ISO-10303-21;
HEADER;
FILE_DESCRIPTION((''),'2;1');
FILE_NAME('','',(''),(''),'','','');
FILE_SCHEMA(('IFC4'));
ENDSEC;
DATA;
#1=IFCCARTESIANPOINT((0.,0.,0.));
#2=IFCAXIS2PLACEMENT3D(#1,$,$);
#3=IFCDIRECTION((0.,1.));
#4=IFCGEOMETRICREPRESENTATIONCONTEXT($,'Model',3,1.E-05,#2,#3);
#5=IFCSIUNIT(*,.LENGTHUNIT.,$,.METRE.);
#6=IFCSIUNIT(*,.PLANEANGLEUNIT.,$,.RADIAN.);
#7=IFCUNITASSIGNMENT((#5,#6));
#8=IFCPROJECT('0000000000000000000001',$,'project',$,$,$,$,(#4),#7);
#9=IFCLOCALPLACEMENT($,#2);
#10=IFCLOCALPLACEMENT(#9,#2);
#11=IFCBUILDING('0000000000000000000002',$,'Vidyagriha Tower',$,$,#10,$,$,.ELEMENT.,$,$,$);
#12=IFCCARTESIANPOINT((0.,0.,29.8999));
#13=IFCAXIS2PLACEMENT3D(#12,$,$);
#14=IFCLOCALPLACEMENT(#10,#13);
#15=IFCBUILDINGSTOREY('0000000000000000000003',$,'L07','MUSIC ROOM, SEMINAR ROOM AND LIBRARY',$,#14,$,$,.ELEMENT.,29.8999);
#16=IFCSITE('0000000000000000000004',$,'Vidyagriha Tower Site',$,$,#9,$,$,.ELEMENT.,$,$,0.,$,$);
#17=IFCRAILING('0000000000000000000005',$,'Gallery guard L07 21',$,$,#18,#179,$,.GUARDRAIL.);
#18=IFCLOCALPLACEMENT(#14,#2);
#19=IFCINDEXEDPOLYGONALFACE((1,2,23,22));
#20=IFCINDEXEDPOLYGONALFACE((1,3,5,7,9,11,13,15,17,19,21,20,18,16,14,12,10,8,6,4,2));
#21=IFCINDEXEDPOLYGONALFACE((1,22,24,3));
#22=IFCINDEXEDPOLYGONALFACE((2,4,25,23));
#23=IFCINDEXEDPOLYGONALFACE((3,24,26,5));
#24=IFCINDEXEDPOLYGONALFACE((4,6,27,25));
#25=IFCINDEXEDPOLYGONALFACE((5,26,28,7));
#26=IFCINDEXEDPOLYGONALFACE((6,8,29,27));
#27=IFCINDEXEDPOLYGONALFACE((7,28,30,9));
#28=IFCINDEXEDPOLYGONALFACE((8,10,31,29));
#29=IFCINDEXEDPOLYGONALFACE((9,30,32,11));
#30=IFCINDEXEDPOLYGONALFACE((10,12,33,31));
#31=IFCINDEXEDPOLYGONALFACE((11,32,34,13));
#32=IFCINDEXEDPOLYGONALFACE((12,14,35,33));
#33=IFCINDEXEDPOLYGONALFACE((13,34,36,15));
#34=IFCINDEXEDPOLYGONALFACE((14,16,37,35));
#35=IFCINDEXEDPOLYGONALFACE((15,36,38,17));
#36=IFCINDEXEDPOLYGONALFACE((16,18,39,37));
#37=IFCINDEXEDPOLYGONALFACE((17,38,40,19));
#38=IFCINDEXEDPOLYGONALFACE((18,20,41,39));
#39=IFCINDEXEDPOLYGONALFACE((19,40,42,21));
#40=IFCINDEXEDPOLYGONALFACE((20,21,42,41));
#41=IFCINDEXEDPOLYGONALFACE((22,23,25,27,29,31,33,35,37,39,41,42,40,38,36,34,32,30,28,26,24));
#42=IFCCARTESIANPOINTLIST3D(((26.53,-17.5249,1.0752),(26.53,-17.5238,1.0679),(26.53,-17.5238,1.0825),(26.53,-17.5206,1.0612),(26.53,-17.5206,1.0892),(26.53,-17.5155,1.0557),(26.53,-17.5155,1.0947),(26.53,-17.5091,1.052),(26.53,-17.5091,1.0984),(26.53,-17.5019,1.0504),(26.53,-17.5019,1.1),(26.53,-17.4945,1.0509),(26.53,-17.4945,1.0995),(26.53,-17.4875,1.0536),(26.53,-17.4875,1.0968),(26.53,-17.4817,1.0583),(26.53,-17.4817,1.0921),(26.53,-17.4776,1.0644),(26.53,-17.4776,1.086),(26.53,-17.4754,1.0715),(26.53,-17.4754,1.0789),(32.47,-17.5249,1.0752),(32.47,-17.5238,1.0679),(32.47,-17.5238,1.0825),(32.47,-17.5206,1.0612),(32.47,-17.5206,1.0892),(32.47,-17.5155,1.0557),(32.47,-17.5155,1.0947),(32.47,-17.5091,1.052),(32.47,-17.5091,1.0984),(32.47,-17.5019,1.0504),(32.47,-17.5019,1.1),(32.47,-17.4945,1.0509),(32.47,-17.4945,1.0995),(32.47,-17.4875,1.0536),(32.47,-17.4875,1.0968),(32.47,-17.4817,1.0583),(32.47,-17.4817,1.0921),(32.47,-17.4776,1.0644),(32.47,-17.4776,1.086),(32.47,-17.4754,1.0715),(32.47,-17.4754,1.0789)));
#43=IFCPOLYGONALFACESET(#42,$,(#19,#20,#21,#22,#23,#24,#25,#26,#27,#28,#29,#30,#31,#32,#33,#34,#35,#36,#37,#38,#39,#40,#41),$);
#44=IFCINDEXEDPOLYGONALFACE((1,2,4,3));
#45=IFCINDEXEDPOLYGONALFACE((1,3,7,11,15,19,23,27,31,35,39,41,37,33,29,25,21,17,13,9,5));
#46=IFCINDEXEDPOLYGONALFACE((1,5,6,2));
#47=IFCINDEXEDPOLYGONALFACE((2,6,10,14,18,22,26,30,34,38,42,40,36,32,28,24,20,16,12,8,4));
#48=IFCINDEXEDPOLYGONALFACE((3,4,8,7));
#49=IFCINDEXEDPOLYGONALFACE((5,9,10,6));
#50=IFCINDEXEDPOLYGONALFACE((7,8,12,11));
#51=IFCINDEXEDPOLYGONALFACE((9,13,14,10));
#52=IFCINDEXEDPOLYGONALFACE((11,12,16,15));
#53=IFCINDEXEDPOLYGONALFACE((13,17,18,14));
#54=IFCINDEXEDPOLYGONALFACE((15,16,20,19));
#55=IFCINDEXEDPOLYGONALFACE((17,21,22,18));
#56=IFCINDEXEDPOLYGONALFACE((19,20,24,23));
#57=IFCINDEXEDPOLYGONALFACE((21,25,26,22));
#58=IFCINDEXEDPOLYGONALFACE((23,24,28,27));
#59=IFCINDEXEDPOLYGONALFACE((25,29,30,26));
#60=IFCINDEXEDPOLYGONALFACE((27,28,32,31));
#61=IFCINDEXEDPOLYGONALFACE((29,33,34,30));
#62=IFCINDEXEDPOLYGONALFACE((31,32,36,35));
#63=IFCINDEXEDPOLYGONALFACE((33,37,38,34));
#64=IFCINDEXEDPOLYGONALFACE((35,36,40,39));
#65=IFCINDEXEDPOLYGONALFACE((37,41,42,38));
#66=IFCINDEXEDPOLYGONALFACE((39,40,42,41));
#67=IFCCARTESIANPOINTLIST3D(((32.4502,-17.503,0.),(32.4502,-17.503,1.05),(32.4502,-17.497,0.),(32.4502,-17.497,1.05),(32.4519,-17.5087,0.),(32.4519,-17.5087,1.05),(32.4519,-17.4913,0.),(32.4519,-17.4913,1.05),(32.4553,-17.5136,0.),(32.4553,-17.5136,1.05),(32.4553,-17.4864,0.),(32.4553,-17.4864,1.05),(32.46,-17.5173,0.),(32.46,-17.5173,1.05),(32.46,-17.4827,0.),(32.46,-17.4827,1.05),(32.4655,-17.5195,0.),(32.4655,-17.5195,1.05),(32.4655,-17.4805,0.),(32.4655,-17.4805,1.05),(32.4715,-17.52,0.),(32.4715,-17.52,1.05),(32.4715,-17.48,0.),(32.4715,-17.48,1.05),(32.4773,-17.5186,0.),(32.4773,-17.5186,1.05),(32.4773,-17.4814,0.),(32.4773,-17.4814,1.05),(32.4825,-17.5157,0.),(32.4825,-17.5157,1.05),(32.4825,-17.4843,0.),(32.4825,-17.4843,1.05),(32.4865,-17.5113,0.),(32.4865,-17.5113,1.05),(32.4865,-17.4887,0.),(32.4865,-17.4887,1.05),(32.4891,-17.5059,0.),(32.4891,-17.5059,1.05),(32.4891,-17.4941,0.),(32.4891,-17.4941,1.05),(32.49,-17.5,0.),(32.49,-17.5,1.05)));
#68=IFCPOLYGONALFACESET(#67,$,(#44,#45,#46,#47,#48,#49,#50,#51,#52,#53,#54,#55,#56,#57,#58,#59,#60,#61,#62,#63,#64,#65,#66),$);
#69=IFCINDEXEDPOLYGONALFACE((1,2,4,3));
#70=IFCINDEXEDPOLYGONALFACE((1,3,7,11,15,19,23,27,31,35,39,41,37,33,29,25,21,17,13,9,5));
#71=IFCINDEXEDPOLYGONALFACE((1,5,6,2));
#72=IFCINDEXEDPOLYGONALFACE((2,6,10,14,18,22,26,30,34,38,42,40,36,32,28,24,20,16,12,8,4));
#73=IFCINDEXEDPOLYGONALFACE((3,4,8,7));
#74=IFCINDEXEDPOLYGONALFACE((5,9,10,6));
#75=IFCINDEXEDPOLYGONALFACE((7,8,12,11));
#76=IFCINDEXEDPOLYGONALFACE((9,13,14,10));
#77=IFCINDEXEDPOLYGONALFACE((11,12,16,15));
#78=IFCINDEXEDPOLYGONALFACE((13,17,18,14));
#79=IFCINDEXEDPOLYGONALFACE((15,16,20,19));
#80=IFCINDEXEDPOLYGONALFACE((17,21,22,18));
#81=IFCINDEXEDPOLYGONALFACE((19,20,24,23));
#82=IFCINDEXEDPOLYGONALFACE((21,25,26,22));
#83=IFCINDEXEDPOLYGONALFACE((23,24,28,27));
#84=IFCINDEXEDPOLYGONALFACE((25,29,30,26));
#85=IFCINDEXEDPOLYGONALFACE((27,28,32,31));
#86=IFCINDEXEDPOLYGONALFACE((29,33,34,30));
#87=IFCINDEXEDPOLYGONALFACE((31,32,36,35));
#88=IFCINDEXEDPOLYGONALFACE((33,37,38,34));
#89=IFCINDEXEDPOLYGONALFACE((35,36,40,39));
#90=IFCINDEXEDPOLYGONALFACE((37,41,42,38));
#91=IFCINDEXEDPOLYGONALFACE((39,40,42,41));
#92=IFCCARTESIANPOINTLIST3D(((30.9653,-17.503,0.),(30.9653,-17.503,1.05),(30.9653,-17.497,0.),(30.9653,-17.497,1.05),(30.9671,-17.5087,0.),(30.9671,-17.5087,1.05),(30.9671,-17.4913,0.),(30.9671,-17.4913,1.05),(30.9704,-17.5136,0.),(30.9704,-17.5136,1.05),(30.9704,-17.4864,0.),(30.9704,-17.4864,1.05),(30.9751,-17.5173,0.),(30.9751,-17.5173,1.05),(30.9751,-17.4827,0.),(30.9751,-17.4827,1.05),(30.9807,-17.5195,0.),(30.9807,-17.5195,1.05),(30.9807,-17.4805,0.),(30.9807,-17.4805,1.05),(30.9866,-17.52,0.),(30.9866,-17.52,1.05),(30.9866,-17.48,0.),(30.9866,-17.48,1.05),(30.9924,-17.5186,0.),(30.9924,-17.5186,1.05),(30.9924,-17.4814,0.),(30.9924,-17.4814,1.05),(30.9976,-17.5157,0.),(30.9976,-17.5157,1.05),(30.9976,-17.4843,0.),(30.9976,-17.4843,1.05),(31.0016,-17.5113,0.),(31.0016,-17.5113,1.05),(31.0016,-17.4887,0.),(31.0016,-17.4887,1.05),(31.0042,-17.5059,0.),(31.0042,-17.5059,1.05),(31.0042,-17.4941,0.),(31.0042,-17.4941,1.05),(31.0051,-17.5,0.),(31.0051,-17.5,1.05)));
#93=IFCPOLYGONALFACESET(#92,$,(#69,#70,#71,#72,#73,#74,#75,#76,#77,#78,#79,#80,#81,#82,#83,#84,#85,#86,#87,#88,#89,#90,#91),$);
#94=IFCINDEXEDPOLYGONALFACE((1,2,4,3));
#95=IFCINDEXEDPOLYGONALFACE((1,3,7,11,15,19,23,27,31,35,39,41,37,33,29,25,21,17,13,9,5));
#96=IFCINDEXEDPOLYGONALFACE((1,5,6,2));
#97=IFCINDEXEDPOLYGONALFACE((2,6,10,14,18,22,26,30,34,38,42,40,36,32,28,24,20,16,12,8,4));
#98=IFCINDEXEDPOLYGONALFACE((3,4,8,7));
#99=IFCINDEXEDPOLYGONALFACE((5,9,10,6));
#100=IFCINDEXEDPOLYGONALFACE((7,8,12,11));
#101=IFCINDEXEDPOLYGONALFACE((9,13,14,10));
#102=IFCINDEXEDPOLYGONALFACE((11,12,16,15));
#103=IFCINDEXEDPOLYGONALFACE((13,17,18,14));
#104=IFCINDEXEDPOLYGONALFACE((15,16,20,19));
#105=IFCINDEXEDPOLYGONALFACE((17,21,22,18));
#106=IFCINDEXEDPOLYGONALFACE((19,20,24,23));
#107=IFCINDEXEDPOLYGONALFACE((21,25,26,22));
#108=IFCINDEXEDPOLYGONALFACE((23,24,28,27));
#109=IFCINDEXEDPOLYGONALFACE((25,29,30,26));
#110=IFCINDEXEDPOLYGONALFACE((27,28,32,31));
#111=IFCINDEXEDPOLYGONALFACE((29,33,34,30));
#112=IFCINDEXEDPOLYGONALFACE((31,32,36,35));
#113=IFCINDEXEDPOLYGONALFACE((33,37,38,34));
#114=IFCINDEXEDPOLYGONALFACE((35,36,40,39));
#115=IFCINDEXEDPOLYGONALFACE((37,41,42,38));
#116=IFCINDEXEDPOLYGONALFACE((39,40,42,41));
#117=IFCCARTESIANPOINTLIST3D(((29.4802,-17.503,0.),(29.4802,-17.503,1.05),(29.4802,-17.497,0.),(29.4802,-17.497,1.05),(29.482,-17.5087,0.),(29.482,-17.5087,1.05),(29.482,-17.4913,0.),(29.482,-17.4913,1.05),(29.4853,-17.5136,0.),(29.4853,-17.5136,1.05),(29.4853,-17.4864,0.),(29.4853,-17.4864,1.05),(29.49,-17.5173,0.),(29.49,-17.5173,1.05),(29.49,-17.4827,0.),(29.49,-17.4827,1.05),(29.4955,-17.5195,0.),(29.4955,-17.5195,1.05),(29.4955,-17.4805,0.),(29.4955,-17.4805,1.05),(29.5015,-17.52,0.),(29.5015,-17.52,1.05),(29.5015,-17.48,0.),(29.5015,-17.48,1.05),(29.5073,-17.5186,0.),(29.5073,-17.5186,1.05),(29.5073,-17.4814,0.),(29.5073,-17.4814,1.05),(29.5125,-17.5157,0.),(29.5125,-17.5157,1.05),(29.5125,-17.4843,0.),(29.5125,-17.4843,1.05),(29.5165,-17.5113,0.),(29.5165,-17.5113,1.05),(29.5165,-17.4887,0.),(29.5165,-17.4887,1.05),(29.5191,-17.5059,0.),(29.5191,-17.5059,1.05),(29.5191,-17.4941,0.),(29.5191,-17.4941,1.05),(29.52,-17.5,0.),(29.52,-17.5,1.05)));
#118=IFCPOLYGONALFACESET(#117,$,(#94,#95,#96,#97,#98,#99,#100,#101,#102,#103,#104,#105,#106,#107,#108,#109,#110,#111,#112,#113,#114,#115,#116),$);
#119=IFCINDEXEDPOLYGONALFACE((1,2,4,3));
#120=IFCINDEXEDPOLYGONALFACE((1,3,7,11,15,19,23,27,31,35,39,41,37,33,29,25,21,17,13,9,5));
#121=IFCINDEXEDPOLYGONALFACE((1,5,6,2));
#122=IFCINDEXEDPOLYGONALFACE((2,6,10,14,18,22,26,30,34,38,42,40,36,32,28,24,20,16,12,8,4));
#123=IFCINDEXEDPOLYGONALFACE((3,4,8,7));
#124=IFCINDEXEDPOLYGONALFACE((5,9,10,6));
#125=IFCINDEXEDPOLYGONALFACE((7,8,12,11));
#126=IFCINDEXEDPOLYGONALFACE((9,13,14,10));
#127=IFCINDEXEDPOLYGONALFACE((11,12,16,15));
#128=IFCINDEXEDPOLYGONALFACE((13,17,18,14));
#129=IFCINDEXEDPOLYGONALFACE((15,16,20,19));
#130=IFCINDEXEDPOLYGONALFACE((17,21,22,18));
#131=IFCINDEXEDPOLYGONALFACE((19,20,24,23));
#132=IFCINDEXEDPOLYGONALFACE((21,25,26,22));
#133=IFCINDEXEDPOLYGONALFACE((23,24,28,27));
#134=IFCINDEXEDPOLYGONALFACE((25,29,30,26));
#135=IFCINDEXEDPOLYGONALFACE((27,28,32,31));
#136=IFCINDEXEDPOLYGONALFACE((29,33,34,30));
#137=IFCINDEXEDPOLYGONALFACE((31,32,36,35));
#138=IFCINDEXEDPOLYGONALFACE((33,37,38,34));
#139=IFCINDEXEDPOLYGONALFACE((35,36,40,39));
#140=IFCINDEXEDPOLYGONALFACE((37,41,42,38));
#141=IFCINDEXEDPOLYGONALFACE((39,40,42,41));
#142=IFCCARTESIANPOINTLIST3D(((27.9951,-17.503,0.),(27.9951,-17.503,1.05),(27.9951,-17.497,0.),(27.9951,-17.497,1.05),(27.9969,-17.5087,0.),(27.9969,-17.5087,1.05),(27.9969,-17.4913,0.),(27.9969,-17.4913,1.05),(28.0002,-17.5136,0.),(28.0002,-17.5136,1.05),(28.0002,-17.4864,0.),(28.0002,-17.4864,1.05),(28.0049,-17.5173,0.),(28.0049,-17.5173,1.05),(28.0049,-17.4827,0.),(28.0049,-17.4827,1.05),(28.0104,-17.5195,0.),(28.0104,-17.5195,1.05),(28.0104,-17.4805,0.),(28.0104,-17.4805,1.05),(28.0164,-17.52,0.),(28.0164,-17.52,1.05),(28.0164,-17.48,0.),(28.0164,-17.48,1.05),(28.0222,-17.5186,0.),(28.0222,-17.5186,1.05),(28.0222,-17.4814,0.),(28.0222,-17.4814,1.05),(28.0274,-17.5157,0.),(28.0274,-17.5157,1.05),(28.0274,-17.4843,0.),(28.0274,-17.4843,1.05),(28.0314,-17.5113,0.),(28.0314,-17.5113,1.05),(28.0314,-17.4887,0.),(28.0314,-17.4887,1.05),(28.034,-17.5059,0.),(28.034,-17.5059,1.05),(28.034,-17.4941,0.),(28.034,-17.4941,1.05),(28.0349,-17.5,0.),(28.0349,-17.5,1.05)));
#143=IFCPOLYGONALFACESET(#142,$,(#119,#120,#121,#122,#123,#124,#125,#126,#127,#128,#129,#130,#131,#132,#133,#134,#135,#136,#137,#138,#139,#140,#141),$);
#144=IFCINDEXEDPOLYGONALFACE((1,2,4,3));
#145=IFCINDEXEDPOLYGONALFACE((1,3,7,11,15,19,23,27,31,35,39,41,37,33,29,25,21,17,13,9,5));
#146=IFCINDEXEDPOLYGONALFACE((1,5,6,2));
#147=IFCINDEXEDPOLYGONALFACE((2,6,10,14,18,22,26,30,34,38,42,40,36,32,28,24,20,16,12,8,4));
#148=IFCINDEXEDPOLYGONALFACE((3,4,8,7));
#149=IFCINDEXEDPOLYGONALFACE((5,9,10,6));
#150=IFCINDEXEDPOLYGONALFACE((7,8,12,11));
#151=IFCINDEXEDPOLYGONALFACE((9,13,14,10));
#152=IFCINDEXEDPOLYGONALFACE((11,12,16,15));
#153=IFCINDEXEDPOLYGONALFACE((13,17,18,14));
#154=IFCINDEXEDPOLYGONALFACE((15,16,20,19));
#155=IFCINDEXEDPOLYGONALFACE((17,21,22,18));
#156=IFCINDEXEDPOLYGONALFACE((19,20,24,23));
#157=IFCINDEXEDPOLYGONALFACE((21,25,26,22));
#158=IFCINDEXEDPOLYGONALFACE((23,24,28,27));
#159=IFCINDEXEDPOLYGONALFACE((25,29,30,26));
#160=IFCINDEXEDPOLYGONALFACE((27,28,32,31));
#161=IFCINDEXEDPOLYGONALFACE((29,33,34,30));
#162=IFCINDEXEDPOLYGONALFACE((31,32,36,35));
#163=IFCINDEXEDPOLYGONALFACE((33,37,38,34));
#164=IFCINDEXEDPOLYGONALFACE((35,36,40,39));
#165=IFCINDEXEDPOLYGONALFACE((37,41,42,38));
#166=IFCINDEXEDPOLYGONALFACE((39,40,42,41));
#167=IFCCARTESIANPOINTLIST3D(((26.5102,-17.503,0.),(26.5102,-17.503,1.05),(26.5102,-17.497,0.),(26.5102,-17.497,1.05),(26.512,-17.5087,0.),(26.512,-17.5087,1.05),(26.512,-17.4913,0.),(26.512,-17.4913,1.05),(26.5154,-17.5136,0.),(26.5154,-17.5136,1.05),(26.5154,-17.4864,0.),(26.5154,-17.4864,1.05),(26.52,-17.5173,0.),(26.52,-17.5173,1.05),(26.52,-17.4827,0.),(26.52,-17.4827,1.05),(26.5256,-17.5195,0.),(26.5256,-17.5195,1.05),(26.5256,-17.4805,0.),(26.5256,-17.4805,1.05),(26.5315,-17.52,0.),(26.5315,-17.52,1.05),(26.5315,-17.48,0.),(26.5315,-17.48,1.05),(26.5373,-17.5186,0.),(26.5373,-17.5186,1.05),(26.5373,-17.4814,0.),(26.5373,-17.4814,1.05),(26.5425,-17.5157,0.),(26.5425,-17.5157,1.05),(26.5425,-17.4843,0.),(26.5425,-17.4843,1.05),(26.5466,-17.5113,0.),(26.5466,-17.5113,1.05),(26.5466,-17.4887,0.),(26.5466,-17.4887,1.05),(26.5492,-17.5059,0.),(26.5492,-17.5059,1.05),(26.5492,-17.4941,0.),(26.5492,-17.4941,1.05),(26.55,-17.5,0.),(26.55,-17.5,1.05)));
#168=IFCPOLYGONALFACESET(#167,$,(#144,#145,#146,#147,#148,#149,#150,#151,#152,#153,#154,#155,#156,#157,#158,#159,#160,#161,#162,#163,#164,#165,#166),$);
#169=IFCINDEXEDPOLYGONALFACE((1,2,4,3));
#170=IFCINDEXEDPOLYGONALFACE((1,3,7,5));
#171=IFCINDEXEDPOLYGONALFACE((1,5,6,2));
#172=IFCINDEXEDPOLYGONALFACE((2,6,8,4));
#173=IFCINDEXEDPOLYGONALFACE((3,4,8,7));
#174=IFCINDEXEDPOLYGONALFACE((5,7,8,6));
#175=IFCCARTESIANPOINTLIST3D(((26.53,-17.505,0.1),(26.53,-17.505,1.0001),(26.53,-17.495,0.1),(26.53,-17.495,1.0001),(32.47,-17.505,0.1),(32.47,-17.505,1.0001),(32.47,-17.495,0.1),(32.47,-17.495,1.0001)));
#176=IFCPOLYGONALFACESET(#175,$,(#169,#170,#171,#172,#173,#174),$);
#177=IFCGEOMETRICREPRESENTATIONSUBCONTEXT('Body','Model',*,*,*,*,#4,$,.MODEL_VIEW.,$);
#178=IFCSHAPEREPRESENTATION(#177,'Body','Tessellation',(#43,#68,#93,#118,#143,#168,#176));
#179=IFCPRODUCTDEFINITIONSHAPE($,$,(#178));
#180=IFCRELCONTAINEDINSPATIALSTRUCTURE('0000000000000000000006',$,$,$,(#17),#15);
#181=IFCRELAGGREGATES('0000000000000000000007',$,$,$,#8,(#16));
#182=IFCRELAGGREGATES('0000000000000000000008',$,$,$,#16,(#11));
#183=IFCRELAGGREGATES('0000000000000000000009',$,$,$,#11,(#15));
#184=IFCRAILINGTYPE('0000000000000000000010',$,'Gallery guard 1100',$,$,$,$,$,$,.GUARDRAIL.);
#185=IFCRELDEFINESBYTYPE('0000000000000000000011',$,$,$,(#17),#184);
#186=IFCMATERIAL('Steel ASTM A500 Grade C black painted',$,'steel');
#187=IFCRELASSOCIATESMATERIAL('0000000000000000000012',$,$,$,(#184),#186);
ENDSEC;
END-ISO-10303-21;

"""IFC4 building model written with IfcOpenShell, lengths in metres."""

from ifc_helpers import new_model, si_unit, direction, frame, origin, origin_2d, place, context, subcontext, project, spatial, rectangle, circle, extrude, material, type_object, element, save


model = new_model("IFC4")

# Units and contexts
model_context = context("Model", 3, precision=1e-05, world=origin(), true_north=direction((0.0, 1.0)))
body_context = subcontext(model_context, "Body", "Model", "MODEL_VIEW")
ifc_project = project(units=[si_unit("LENGTHUNIT", "METRE"), si_unit("PLANEANGLEUNIT", "RADIAN")], contexts=[model_context])

# Site, building, storey
site_placement = place(None, origin())
site = spatial("IfcSite", under=ifc_project, at=site_placement, Name="Vidyagriha Tower Site", CompositionType="ELEMENT", RefElevation=0.0)
building_placement = place(site_placement, origin())
building = spatial("IfcBuilding", under=site, at=building_placement, Name="Vidyagriha Tower", CompositionType="ELEMENT")
storey_placement = place(building_placement, frame((0.0, 0.0, 29.8999)))
storey = spatial("IfcBuildingStorey", under=building, at=storey_placement, Name="L07", Description="MUSIC ROOM, SEMINAR ROOM AND LIBRARY", CompositionType="ELEMENT", Elevation=29.8999)

# Railing
ifc_material_1 = material(Name="Steel ASTM A500 Grade C black painted", Category="steel")
railing_type = type_object("IfcRailingType", Name="Gallery guard 1100", PredefinedType="GUARDRAIL", material=ifc_material_1)
railing_1_placement = place(storey_placement, frame((32.47, -17.5, 0.0)))
element("IfcRailing", 1, at=railing_1_placement, inside=storey, type_object=railing_type, Name="Gallery guard L07 21", PredefinedType="GUARDRAIL", context=body_context, shape_type="SweptSolid", body=[
    extrude(circle(Radius=0.0249, at=origin_2d()), frame((0.0, 0.0, 1.0752), z_axis=(-1.0, 0.0, 0.0), x_axis=(0.0, -1.0, 0.0)), (0.0, 0.0, 1.0), 5.9399),
    extrude(circle(Radius=0.02, at=origin_2d()), origin(), (0.0, 0.0, 1.0), 1.05),
    extrude(circle(Radius=0.02, at=origin_2d()), frame((-1.4849, 0.0, 0.0)), (0.0, 0.0, 1.0), 1.05),
    extrude(circle(Radius=0.02, at=origin_2d()), frame((-2.97, 0.0, 0.0)), (0.0, 0.0, 1.0), 1.05),
    extrude(circle(Radius=0.02, at=origin_2d()), frame((-4.4551, 0.0, 0.0)), (0.0, 0.0, 1.0), 1.05),
    extrude(circle(Radius=0.02, at=origin_2d()), frame((-5.9399, 0.0, 0.0)), (0.0, 0.0, 1.0), 1.05),
    extrude(rectangle(XDim=0.01, YDim=0.9001, at=origin_2d()), frame((0.0, 0.0, 0.55), z_axis=(-1.0, 0.0, 0.0), x_axis=(0.0, -1.0, 0.0)), (0.0, 0.0, 1.0), 5.9399),
])

save(model, "model.ifc")
